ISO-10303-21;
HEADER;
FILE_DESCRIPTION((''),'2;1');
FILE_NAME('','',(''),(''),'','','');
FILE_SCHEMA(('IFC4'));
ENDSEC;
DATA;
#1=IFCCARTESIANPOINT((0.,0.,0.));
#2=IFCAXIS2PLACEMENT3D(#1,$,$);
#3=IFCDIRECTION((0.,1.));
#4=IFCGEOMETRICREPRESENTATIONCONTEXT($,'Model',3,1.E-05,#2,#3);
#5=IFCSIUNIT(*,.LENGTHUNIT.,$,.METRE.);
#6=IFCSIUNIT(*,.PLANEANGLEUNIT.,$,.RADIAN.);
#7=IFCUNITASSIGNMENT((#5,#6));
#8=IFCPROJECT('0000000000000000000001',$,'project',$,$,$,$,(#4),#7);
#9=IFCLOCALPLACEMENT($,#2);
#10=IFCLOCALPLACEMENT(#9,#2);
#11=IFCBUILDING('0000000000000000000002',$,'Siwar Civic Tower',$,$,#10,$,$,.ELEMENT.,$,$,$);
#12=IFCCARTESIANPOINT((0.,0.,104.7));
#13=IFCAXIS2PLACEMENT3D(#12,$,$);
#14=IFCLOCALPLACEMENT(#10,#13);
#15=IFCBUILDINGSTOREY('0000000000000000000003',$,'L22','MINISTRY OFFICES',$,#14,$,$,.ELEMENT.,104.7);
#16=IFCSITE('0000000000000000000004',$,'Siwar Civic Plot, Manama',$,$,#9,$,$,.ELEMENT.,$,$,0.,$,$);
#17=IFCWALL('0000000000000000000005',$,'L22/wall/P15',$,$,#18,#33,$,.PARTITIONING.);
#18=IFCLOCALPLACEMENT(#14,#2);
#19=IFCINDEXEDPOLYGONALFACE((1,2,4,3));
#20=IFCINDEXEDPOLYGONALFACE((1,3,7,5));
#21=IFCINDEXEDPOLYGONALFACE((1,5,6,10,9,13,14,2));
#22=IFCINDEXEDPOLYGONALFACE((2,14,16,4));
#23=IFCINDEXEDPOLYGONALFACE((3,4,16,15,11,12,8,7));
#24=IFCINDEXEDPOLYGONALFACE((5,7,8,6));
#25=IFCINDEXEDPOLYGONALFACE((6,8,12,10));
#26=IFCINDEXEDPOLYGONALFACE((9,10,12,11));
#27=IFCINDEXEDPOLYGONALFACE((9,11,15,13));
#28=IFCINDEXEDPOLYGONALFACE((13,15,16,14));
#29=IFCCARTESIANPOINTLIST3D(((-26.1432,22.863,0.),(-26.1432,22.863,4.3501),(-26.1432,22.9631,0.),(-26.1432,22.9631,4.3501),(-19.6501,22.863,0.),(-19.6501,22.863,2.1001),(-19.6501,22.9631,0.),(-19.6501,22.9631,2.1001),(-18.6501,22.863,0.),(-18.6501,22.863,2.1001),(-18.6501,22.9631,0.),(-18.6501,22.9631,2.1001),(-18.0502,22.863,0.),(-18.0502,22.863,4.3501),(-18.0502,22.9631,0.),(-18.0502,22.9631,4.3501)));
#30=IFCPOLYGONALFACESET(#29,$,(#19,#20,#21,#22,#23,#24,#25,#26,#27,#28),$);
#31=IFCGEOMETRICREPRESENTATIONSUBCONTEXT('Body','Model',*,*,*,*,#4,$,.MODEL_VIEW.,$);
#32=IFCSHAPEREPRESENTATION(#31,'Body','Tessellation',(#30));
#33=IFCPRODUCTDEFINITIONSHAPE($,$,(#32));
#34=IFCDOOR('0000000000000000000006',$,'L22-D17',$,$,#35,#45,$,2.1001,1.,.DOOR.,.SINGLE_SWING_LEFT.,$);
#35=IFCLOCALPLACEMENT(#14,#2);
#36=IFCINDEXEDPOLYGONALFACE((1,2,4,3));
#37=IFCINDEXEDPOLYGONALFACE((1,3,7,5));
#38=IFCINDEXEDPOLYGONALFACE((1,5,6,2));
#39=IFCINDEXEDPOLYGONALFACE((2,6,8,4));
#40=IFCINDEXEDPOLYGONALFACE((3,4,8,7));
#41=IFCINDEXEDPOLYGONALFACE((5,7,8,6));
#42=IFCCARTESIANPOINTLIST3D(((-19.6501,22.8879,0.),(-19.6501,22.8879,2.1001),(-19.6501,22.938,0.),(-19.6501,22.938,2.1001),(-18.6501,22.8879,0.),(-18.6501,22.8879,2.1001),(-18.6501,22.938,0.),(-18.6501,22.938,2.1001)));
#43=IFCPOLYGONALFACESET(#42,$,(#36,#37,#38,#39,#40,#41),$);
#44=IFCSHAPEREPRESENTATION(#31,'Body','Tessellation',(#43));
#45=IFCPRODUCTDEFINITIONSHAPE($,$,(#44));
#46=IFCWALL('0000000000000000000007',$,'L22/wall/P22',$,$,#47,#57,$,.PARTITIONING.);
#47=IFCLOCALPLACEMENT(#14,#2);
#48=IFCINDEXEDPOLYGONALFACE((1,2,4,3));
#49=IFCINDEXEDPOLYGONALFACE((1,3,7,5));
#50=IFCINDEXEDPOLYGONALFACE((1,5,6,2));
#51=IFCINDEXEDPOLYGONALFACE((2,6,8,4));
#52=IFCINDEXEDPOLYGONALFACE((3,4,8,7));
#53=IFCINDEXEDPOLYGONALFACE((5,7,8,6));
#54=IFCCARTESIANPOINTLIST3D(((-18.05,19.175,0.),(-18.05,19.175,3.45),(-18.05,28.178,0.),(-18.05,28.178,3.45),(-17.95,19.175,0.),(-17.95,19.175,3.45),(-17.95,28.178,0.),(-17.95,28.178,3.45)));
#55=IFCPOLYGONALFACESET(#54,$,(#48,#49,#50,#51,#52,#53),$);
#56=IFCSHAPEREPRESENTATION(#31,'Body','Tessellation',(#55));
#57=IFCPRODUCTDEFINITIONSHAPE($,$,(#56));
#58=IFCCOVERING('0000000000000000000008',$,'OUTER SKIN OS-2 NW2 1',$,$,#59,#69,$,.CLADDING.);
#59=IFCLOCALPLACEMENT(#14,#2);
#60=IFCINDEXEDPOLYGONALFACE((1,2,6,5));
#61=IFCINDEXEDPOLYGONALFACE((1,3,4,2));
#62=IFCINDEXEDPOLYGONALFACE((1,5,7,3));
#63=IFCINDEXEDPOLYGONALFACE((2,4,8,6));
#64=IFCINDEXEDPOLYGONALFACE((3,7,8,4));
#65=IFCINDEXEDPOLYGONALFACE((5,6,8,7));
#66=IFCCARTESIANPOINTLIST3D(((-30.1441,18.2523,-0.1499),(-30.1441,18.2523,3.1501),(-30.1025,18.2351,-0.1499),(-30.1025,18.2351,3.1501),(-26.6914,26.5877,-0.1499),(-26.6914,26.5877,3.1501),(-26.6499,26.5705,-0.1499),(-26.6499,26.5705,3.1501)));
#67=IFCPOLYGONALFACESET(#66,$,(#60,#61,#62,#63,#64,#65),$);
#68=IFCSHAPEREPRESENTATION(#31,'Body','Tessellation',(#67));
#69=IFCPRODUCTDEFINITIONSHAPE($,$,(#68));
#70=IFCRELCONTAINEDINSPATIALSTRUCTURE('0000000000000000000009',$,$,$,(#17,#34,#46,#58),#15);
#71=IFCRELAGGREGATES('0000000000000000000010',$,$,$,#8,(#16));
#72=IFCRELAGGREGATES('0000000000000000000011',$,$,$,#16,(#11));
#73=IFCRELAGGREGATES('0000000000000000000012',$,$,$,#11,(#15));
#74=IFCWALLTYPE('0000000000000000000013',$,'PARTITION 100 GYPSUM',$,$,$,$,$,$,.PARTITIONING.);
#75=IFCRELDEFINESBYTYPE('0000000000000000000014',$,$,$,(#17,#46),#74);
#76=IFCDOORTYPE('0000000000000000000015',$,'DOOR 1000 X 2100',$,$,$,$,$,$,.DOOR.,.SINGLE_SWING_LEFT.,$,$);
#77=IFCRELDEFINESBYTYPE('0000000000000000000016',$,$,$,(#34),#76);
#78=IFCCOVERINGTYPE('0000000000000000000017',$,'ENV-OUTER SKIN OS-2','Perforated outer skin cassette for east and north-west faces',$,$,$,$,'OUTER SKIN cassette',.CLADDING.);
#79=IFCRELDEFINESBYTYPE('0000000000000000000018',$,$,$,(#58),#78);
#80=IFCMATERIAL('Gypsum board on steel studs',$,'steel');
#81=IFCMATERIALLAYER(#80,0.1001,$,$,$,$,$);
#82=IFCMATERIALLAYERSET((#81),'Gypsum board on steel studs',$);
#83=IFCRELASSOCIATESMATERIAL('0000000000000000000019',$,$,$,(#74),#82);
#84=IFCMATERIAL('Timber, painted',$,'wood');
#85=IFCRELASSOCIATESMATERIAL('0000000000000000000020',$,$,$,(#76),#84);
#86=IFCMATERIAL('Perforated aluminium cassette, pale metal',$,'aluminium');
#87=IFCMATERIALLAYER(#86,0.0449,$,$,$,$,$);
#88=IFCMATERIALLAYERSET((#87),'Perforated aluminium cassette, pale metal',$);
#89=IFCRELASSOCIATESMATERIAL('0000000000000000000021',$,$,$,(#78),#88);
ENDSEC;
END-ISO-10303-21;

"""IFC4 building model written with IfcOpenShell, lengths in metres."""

from ifc_helpers import new_model, si_unit, direction, frame, frame_2d, origin, origin_2d, place, context, subcontext, project, spatial, rectangle, extrude, material, layer, layer_set, type_object, element, fill, save


model = new_model("IFC4")

# Units and contexts
model_context = context("Model", 3, precision=1e-05, world=origin(), true_north=direction((0.0, 1.0)))
body_context = subcontext(model_context, "Body", "Model", "MODEL_VIEW")
ifc_project = project(units=[si_unit("LENGTHUNIT", "METRE"), si_unit("PLANEANGLEUNIT", "RADIAN")], contexts=[model_context])

# Site, building, storey
site_placement = place(None, origin())
site = spatial("IfcSite", under=ifc_project, at=site_placement, Name="Siwar Civic Plot, Manama", CompositionType="ELEMENT", RefElevation=0.0)
building_placement = place(site_placement, origin())
building = spatial("IfcBuilding", under=site, at=building_placement, Name="Siwar Civic Tower", CompositionType="ELEMENT")
storey_placement = place(building_placement, frame((0.0, 0.0, 104.7)))
storey = spatial("IfcBuildingStorey", under=building, at=storey_placement, Name="L22", Description="MINISTRY OFFICES", CompositionType="ELEMENT", Elevation=104.7)

# Wall, opening, door
ifc_material_1 = material(Name="Gypsum board on steel studs", Category="steel")
ifc_layer_1 = layer(ifc_material_1, 0.1001)
ifc_layer_set_1 = layer_set([ifc_layer_1], Name="Gypsum board on steel studs")
wall_type_1 = type_object("IfcWallType", Name="PARTITION 100 GYPSUM", PredefinedType="PARTITIONING", material=ifc_layer_set_1)
wall_1_placement = place(storey_placement, frame((-26.1431, 22.9131, 0.0), z_axis=(0.0, 0.0, 1.0), x_axis=(1.0, 0.0, 0.0)))
wall_1 = element("IfcWall", 1, at=wall_1_placement, inside=storey, type_object=wall_type_1, Name="L22/wall/P15", PredefinedType="PARTITIONING", context=body_context, shape_type="SweptSolid", body=[
    extrude(rectangle(XDim=8.093, YDim=0.1001, at=frame_2d((4.0464, 0.0))), origin(), (0.0, 0.0, 1.0), 4.3501),
])
opening_1_placement = place(wall_1_placement, frame((6.4929, 0.0, 0.0)))
opening_1 = element("IfcOpeningElement", 2, at=opening_1_placement, cuts=wall_1, PredefinedType="OPENING", context=body_context, shape_type="SweptSolid", body=[
    extrude(rectangle(XDim=1.0, YDim=2.1001, at=frame_2d((0.5, 1.05))), frame((0.0, 0.0601, 0.0), z_axis=(0.0, -1.0, 0.0), x_axis=(1.0, 0.0, 0.0)), (0.0, 0.0, 1.0), 0.1201),
])
ifc_material_2 = material(Name="Timber, painted", Category="wood")
door_type_1 = type_object("IfcDoorType", Name="DOOR 1000 X 2100", OperationType="SINGLE_SWING_LEFT", PredefinedType="DOOR", material=ifc_material_2)
door_1_placement = place(opening_1_placement, origin())
door_1 = element("IfcDoor", 3, at=door_1_placement, inside=storey, type_object=door_type_1, Name="L22-D17", OperationType="SINGLE_SWING_LEFT", OverallHeight=2.1001, OverallWidth=1.0, PredefinedType="DOOR", context=body_context, shape_type="SweptSolid", body=[
    extrude(rectangle(XDim=1.0, YDim=2.1001, at=frame_2d((0.5, 1.05))), frame((0.0, 0.0249, 0.0), z_axis=(0.0, -1.0, 0.0), x_axis=(1.0, 0.0, 0.0)), (0.0, 0.0, 1.0), 0.05),
])
fill(opening_1, door_1)

# Wall
wall_2_placement = place(storey_placement, frame((-18.0, 19.175, 0.0), z_axis=(0.0, 0.0, 1.0), x_axis=(0.0, 1.0, 0.0)))
element("IfcWall", 4, at=wall_2_placement, inside=storey, type_object=wall_type_1, Name="L22/wall/P22", PredefinedType="PARTITIONING", context=body_context, shape_type="SweptSolid", body=[
    extrude(rectangle(XDim=9.0029, YDim=0.1001, at=frame_2d((4.5015, 0.0))), origin(), (0.0, 0.0, 1.0), 3.45),
])

# Covering
ifc_material_3 = material(Name="Perforated aluminium cassette, pale metal", Category="aluminium")
ifc_layer_2 = layer(ifc_material_3, 0.0449)
ifc_layer_set_2 = layer_set([ifc_layer_2], Name="Perforated aluminium cassette, pale metal")
covering_type = type_object("IfcCoveringType", Name="ENV-OUTER SKIN OS-2", Description="Perforated outer skin cassette for east and north-west faces", ElementType="OUTER SKIN cassette", PredefinedType="CLADDING", material=ifc_layer_set_2)
covering_placement = place(storey_placement, frame((-28.397, 22.4114, -0.1499), z_axis=(0.0, 0.0, 1.0), x_axis=(-0.382683, -0.92388, 0.0)))
element("IfcCovering", 5, at=covering_placement, inside=storey, type_object=covering_type, Name="OUTER SKIN OS-2 NW2 1", PredefinedType="CLADDING", context=body_context, shape_type="SweptSolid", body=[
    extrude(rectangle(XDim=9.0222, YDim=0.0449, at=origin_2d()), origin(), (0.0, 0.0, 1.0), 3.3),
])

save(model, "model.ifc")
